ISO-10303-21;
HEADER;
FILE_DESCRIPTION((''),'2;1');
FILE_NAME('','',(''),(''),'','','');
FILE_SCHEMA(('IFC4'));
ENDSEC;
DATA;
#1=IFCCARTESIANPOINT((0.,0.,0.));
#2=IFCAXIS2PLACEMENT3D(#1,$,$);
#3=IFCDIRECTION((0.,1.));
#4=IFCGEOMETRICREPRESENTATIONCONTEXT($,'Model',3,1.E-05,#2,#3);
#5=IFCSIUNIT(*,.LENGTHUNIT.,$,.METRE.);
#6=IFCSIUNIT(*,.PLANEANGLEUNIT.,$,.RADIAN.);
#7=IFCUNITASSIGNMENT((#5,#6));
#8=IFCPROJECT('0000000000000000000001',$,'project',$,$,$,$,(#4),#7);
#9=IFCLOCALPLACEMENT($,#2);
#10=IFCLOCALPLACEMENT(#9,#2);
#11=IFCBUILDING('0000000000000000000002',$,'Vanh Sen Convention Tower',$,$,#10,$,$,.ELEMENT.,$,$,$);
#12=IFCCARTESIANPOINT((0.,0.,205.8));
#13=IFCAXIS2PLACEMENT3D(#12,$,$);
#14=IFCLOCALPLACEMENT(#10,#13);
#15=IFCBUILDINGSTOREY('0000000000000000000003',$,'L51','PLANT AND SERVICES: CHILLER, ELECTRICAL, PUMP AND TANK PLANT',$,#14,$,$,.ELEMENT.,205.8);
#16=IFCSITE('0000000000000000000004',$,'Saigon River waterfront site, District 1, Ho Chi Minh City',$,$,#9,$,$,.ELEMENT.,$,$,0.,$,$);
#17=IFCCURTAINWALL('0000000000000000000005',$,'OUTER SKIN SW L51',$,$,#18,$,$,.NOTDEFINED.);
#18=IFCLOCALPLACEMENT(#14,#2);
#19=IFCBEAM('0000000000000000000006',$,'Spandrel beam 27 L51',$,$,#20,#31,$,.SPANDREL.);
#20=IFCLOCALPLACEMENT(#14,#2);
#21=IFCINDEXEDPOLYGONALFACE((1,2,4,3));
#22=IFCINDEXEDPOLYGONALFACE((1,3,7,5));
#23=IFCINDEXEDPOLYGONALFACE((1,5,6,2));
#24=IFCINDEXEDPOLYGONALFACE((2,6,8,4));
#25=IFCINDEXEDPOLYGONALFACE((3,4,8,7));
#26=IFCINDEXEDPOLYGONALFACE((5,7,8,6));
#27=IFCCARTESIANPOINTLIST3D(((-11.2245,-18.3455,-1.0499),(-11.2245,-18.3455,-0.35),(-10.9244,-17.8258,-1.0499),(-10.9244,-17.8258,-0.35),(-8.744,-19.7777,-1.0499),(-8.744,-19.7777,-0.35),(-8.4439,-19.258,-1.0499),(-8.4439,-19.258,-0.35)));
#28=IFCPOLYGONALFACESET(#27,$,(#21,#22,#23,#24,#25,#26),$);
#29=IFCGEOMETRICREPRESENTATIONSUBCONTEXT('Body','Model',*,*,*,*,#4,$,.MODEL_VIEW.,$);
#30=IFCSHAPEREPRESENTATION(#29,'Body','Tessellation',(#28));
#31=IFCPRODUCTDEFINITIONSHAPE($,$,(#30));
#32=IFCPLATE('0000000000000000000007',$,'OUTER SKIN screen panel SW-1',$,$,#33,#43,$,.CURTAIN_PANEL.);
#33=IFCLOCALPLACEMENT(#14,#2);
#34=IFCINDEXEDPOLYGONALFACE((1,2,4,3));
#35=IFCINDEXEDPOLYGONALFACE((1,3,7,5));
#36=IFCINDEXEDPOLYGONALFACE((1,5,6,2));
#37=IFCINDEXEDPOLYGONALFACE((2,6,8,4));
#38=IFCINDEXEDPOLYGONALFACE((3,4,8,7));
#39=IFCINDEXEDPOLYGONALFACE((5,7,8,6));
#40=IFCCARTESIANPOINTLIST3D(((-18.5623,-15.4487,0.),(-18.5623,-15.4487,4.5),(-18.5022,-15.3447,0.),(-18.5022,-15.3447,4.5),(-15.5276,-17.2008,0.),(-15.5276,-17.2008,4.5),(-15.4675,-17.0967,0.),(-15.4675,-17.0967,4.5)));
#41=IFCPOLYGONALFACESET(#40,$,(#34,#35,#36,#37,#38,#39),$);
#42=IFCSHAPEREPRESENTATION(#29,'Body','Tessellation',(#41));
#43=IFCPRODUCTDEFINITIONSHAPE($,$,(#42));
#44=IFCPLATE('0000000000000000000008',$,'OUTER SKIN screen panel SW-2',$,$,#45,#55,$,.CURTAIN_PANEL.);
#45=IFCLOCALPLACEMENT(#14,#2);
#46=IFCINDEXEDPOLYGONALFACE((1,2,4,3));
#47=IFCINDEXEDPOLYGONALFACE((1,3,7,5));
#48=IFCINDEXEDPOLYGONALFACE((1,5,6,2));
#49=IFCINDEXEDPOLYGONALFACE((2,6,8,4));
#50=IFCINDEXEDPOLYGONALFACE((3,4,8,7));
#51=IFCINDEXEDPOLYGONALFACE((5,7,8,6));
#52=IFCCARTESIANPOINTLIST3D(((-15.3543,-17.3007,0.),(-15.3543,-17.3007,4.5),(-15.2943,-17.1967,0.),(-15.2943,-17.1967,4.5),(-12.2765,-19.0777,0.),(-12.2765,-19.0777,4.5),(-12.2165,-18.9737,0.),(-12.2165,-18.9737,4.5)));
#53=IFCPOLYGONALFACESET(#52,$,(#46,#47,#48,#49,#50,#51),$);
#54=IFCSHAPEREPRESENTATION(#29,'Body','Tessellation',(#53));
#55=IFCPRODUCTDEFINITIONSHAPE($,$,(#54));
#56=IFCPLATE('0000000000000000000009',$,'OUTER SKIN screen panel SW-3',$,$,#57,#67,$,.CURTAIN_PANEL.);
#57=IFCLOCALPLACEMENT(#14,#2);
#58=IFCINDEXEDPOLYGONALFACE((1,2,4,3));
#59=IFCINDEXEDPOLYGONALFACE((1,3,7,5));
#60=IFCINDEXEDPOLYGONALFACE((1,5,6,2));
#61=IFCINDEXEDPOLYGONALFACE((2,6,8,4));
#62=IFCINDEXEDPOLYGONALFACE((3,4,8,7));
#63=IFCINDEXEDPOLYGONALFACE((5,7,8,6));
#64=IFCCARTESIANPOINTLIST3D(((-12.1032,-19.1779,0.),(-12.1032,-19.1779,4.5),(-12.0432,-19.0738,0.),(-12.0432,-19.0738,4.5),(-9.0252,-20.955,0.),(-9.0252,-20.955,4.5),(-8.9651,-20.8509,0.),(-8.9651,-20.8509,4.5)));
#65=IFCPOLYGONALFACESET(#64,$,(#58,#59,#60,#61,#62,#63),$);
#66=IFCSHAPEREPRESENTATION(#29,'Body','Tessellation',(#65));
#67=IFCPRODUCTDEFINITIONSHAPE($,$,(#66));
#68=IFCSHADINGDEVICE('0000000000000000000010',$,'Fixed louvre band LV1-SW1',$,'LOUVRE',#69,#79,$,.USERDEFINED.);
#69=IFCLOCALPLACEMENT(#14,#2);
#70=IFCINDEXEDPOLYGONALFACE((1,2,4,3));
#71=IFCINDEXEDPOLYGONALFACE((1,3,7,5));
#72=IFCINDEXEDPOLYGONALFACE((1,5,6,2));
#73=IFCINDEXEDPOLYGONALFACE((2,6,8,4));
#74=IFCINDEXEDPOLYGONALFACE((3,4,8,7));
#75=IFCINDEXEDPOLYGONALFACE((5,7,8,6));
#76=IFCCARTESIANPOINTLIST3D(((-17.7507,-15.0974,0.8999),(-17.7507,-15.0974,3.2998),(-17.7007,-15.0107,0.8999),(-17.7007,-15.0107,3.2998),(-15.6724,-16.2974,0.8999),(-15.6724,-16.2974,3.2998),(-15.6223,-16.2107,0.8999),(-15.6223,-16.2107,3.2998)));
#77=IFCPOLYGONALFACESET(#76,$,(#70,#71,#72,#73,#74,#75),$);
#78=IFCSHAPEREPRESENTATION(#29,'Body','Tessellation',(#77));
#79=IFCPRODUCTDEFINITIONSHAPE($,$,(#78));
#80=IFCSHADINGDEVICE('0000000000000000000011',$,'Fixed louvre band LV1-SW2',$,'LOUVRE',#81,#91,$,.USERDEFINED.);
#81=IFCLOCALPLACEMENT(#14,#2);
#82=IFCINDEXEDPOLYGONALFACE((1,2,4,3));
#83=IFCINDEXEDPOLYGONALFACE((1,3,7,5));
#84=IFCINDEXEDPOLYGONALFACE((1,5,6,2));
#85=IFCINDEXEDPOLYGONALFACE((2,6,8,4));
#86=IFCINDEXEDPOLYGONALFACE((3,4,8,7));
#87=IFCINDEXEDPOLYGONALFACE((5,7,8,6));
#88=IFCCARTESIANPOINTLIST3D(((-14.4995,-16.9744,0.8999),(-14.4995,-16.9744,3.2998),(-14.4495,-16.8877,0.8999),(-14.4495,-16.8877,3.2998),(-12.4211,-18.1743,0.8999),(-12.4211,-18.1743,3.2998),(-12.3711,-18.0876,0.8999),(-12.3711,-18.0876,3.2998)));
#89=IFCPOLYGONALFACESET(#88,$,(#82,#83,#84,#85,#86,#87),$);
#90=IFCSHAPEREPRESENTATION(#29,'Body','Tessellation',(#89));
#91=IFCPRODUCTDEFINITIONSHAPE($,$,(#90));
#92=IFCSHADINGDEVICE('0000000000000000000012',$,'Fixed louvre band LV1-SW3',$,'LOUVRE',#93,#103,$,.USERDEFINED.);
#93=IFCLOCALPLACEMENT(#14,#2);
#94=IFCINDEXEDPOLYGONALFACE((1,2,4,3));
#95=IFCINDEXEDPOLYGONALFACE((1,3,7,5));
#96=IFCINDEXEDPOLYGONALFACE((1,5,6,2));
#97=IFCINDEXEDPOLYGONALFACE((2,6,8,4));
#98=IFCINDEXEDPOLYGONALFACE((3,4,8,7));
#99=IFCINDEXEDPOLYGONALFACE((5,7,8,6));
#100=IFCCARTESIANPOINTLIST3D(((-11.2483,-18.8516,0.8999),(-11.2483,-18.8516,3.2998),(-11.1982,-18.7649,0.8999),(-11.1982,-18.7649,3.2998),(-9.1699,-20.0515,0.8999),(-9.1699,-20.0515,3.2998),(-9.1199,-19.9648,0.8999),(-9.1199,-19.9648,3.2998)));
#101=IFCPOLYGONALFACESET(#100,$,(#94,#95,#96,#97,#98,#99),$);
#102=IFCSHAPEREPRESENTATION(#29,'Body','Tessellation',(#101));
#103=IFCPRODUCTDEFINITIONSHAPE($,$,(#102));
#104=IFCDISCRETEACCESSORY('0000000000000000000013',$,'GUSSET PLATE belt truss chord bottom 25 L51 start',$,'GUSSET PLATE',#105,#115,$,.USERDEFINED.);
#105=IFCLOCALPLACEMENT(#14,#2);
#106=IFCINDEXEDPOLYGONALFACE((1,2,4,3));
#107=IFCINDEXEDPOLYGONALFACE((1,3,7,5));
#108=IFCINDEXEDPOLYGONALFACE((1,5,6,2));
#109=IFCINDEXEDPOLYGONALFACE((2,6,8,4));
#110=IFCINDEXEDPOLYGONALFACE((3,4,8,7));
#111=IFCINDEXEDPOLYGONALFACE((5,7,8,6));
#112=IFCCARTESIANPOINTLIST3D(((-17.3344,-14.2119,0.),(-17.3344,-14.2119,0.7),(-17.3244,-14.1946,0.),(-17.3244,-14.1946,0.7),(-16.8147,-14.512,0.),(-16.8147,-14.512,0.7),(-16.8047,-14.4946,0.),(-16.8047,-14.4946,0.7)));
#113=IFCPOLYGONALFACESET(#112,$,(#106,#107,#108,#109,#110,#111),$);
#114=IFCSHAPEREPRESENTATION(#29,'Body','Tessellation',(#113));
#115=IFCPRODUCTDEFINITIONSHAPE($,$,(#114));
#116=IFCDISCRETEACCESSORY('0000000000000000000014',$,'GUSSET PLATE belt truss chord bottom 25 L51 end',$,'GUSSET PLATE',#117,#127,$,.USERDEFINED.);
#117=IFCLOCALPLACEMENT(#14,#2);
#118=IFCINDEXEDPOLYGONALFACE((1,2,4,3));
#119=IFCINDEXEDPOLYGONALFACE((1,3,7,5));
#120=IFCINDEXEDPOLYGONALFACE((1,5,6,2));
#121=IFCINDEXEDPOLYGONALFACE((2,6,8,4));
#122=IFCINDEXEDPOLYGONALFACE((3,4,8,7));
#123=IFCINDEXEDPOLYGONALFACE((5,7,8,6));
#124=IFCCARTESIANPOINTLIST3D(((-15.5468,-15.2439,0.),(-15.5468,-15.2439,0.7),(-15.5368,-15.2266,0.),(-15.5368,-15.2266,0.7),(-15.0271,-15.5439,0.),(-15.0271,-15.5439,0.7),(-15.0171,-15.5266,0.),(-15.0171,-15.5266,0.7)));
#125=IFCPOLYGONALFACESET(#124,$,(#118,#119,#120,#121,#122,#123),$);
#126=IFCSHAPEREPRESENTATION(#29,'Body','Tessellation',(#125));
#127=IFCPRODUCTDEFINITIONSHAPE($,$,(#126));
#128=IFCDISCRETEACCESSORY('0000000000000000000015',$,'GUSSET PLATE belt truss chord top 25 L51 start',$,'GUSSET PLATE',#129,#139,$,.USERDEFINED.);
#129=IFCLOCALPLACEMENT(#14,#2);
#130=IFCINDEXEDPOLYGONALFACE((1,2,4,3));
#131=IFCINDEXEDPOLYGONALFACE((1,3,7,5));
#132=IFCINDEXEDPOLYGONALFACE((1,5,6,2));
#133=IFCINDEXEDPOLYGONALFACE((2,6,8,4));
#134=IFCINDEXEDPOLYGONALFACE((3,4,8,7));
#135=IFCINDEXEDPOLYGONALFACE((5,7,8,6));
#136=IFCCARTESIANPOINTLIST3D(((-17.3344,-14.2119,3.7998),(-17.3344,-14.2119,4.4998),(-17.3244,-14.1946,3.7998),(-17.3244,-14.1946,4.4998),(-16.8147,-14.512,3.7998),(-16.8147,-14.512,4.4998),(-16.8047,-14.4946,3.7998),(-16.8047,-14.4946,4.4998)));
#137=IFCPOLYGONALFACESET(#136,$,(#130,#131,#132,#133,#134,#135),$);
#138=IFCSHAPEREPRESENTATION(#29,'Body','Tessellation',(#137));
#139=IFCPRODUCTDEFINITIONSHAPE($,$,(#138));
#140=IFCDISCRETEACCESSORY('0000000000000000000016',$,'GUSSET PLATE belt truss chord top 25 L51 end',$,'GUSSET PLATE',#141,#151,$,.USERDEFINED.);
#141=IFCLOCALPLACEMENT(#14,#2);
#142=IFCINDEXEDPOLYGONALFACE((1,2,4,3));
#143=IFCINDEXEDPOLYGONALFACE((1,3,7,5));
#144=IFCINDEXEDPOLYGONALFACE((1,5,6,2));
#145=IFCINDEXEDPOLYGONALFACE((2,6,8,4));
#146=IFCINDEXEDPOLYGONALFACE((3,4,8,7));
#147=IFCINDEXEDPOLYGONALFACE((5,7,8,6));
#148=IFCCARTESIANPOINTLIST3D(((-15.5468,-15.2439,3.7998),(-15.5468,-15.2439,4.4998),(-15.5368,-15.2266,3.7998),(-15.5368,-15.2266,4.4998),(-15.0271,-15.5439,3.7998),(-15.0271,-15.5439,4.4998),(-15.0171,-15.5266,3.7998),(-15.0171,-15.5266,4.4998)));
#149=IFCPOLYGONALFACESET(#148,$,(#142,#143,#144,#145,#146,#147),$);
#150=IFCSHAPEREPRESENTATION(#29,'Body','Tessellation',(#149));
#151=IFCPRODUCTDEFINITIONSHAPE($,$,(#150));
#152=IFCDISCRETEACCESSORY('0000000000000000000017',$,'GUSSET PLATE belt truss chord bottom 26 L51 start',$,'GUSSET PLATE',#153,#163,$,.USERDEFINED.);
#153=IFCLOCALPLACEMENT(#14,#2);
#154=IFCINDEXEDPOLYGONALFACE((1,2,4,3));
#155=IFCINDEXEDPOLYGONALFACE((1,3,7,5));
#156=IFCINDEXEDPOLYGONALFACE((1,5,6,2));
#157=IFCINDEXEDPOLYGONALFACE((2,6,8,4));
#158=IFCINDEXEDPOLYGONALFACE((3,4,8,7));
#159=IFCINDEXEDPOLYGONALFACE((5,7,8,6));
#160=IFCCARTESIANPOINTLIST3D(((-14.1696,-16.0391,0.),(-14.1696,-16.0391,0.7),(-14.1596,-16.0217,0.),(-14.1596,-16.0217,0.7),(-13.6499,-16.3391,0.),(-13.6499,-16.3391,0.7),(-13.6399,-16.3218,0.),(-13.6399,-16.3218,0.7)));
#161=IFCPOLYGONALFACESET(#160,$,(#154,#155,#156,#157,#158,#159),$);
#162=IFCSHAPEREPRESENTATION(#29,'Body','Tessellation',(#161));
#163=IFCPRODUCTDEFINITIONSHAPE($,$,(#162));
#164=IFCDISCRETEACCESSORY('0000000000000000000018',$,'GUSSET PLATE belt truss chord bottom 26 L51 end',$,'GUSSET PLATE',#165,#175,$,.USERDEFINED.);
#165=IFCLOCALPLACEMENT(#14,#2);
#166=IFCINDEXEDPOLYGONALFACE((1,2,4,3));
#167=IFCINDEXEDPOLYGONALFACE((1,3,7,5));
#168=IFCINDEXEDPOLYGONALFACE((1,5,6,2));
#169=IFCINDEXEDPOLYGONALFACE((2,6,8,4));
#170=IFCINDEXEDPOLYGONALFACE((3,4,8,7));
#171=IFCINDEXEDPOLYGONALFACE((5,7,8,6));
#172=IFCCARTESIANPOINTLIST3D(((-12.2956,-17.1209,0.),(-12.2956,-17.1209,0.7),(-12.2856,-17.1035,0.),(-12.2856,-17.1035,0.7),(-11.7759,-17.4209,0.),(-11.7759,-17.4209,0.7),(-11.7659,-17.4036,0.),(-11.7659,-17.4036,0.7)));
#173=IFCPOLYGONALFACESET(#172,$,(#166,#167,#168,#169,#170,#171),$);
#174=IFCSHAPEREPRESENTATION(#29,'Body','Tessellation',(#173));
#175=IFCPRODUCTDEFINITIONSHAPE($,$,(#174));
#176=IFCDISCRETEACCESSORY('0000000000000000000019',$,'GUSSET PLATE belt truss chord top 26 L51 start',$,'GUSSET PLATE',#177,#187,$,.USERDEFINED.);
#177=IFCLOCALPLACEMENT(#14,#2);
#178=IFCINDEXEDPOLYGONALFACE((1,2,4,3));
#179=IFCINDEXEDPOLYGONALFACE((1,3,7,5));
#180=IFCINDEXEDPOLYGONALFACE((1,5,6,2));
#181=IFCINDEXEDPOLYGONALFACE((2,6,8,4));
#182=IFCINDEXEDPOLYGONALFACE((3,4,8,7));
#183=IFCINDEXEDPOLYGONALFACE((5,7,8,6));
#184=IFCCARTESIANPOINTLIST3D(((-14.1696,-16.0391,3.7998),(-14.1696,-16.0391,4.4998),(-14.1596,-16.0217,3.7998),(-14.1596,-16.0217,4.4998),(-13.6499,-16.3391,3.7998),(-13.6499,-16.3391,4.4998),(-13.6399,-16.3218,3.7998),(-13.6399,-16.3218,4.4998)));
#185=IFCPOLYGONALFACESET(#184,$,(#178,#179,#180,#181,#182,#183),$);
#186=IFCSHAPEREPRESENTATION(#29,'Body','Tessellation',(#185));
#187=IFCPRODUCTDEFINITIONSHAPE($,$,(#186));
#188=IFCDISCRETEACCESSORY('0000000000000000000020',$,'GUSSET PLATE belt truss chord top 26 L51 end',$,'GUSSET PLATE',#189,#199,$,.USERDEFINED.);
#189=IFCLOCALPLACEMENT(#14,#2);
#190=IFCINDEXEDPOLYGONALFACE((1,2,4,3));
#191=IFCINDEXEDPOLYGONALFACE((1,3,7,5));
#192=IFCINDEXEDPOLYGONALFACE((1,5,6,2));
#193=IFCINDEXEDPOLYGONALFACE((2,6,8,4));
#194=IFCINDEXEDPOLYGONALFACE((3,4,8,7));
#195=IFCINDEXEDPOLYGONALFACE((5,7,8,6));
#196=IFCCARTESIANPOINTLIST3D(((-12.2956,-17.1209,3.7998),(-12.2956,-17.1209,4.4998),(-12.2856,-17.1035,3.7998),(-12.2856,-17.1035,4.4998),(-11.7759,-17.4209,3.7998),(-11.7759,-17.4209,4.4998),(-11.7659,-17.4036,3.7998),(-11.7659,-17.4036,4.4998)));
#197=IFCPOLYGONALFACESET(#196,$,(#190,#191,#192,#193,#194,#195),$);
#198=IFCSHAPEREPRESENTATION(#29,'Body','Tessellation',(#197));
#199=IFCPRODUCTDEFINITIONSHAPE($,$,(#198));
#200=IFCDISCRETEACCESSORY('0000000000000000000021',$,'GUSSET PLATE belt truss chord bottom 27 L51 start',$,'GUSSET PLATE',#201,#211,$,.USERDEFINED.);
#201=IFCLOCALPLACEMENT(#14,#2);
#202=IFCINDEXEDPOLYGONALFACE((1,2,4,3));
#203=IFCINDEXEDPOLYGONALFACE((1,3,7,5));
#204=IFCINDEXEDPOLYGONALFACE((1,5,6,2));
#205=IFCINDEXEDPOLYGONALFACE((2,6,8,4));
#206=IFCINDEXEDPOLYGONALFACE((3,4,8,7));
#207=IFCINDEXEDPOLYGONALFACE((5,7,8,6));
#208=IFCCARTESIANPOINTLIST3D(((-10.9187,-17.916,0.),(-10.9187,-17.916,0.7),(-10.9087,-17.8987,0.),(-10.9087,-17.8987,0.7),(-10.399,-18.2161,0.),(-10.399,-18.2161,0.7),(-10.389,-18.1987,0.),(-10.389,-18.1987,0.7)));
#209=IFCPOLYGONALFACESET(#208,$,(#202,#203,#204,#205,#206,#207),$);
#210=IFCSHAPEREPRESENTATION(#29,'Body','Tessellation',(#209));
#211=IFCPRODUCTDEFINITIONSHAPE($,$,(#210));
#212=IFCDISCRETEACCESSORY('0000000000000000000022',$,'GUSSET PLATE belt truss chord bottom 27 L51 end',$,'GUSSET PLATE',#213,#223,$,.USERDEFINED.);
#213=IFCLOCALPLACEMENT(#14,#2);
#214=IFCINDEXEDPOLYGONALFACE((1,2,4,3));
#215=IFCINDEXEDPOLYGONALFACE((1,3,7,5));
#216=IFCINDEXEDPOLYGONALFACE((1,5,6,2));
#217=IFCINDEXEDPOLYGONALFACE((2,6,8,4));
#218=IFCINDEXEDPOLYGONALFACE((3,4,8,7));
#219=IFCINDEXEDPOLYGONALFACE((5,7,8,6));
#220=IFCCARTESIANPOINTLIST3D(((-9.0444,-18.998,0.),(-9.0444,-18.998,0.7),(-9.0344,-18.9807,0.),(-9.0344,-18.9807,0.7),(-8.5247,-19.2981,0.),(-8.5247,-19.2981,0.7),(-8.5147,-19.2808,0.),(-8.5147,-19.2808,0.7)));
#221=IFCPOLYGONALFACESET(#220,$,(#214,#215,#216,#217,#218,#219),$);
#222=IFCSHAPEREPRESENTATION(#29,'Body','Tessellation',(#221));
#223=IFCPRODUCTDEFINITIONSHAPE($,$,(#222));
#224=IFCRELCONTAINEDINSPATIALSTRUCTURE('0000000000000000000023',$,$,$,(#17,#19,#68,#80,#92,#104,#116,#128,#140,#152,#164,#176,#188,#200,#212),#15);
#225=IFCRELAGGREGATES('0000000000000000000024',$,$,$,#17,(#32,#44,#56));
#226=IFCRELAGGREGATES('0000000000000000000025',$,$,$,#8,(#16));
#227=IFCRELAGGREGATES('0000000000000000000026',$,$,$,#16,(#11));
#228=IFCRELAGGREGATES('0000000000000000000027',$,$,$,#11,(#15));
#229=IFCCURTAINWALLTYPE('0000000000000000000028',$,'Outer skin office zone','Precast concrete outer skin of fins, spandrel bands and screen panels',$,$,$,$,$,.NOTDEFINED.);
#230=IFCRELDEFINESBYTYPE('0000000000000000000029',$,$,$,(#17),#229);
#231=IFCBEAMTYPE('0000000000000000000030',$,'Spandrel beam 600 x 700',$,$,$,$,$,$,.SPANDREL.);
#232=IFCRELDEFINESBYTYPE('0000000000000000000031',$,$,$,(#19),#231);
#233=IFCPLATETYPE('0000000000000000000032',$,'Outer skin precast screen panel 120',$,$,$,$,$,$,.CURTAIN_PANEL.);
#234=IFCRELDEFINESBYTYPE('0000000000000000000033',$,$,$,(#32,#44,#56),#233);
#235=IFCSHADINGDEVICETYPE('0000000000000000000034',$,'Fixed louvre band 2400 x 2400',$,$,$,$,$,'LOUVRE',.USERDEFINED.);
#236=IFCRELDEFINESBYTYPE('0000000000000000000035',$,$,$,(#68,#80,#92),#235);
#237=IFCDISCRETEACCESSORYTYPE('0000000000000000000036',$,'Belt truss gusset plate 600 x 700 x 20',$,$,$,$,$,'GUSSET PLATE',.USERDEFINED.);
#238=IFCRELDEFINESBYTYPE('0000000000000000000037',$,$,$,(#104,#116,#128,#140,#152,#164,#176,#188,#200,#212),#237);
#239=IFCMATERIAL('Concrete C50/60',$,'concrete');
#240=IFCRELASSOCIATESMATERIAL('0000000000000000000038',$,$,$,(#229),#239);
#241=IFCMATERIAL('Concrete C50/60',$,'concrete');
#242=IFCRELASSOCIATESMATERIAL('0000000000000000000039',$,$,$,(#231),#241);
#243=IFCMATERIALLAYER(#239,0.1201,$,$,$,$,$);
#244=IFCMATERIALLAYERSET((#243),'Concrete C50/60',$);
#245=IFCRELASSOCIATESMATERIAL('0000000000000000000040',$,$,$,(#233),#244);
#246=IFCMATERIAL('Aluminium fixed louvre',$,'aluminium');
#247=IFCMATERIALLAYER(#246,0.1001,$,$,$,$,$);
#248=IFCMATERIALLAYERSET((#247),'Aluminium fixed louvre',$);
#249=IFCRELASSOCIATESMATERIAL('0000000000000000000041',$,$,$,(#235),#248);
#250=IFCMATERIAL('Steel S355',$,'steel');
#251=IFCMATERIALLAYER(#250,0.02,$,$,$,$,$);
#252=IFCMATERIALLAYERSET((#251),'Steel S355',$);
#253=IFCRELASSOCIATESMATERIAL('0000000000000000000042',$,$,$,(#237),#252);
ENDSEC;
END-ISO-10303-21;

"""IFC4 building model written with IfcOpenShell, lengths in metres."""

from ifc_helpers import new_model, si_unit, direction, frame, origin, origin_2d, place, context, subcontext, project, spatial, rectangle, extrude, material, layer, layer_set, material_profile, profile_set, type_object, element, aggregate, save


model = new_model("IFC4")

# Units and contexts
model_context = context("Model", 3, precision=1e-05, world=origin(), true_north=direction((0.0, 1.0)))
body_context = subcontext(model_context, "Body", "Model", "MODEL_VIEW")
ifc_project = project(units=[si_unit("LENGTHUNIT", "METRE"), si_unit("PLANEANGLEUNIT", "RADIAN")], contexts=[model_context])

# Site, building, storey
site_placement = place(None, origin())
site = spatial("IfcSite", under=ifc_project, at=site_placement, Name="Saigon River waterfront site, District 1, Ho Chi Minh City", CompositionType="ELEMENT", RefElevation=0.0)
building_placement = place(site_placement, origin())
building = spatial("IfcBuilding", under=site, at=building_placement, Name="Vanh Sen Convention Tower", CompositionType="ELEMENT")
storey_placement = place(building_placement, frame((0.0, 0.0, 205.8)))
storey = spatial("IfcBuildingStorey", under=building, at=storey_placement, Name="L51", Description="PLANT AND SERVICES: CHILLER, ELECTRICAL, PUMP AND TANK PLANT", CompositionType="ELEMENT", Elevation=205.8)

# Shared definitions
ifc_material_1 = material(Name="Steel S355", Category="steel")

# Curtain wall
ifc_material_2 = material(Name="Concrete C50/60", Category="concrete")
curtain_wall_type = type_object("IfcCurtainWallType", Name="Outer skin office zone", Description="Precast concrete outer skin of fins, spandrel bands and screen panels", PredefinedType="NOTDEFINED", material=ifc_material_2)
curtain_wall_placement = place(storey_placement, origin())
curtain_wall = element("IfcCurtainWall", 1, at=curtain_wall_placement, inside=storey, type_object=curtain_wall_type, Name="OUTER SKIN SW L51", PredefinedType="NOTDEFINED")

# Beam
ifc_material_3 = material(Name="Concrete C50/60", Category="concrete")
ifc_material_profile_1 = material_profile(ifc_material_3, rectangle(XDim=0.6001, YDim=0.7, at=origin_2d()), Name="RC 600X700")
ifc_profile_set_1 = profile_set([ifc_material_profile_1], Name="Concrete C50/60")
beam_type_1 = type_object("IfcBeamType", Name="Spandrel beam 600 x 700", PredefinedType="SPANDREL", material=ifc_profile_set_1)
beam_1_placement = place(storey_placement, frame((-11.0745, -18.0857, -0.7), z_axis=(0.866021, -0.500008, 0.0), x_axis=(0.500008, 0.866021, 0.0)))
element("IfcBeam", 2, at=beam_1_placement, inside=storey, type_object=beam_type_1, Name="Spandrel beam 27 L51", PredefinedType="SPANDREL", context=body_context, shape_type="SweptSolid", body=[
    extrude(rectangle(XDim=0.6001, YDim=0.7, at=origin_2d()), origin(), (0.0, 0.0, 1.0), 2.8643),
])

# Plates
ifc_layer_1 = layer(ifc_material_2, 0.1201)
ifc_layer_set_1 = layer_set([ifc_layer_1], Name="Concrete C50/60")
plate_type = type_object("IfcPlateType", Name="Outer skin precast screen panel 120", PredefinedType="CURTAIN_PANEL", material=ifc_layer_set_1)
plate_1_placement = place(storey_placement, frame((-17.0149, -16.2727, 0.0), z_axis=(0.0, 0.0, 1.0), x_axis=(0.866024, -0.500003, 0.0)))
plate_1 = element("IfcPlate", 3, at=plate_1_placement, type_object=plate_type, Name="OUTER SKIN screen panel SW-1", PredefinedType="CURTAIN_PANEL", context=body_context, shape_type="SweptSolid", body=[
    extrude(rectangle(XDim=3.5042, YDim=0.1201, at=origin_2d()), origin(), (0.0, 0.0, 1.0), 4.5),
])
plate_2_placement = place(storey_placement, frame((-13.7854, -18.1372, 0.0), z_axis=(0.0, 0.0, 1.0), x_axis=(0.866028, -0.499995, 0.0)))
plate_2 = element("IfcPlate", 4, at=plate_2_placement, type_object=plate_type, Name="OUTER SKIN screen panel SW-2", PredefinedType="CURTAIN_PANEL", context=body_context, shape_type="SweptSolid", body=[
    extrude(rectangle(XDim=3.554, YDim=0.1201, at=origin_2d()), origin(), (0.0, 0.0, 1.0), 4.5),
])
plate_3_placement = place(storey_placement, frame((-10.5342, -20.0144, 0.0), z_axis=(0.0, 0.0, 1.0), x_axis=(0.866024, -0.500003, 0.0)))
plate_3 = element("IfcPlate", 5, at=plate_3_placement, type_object=plate_type, Name="OUTER SKIN screen panel SW-3", PredefinedType="CURTAIN_PANEL", context=body_context, shape_type="SweptSolid", body=[
    extrude(rectangle(XDim=3.5542, YDim=0.1201, at=origin_2d()), origin(), (0.0, 0.0, 1.0), 4.5),
])
aggregate(curtain_wall, [plate_1, plate_2, plate_3])

# Shading devices
ifc_material_4 = material(Name="Aluminium fixed louvre", Category="aluminium")
ifc_layer_2 = layer(ifc_material_4, 0.1001)
ifc_layer_set_2 = layer_set([ifc_layer_2], Name="Aluminium fixed louvre")
shading_device_type = type_object("IfcShadingDeviceType", Name="Fixed louvre band 2400 x 2400", ElementType="LOUVRE", PredefinedType="USERDEFINED", material=ifc_layer_set_2)
for number, where, z_axis, x_axis, name in (
    (6, (-16.6865, -15.6541, 0.8999), (0.0, 0.0, 1.0), (0.866025, -0.500002, 0.0), "Fixed louvre band LV1-SW1"),
    (7, (-13.4353, -17.531, 0.8999), (0.0, 0.0, 1.0), (0.866025, -0.500002, 0.0), "Fixed louvre band LV1-SW2"),
    (8, (-10.1841, -19.4082, 0.8999), (0.0, 0.0, 1.0), (0.866025, -0.500002, 0.0), "Fixed louvre band LV1-SW3"),
):
    element("IfcShadingDevice", number, at=place(storey_placement, frame(where, z_axis=z_axis, x_axis=x_axis)), inside=storey, type_object=shading_device_type, Name=name, ObjectType="LOUVRE", PredefinedType="USERDEFINED", context=body_context, shape_type="SweptSolid", body=[
        extrude(rectangle(XDim=2.3999, YDim=0.1001, at=origin_2d()), origin(), (0.0, 0.0, 1.0), 2.3999),
    ])

# Discrete accessories
ifc_layer_3 = layer(ifc_material_1, 0.02)
ifc_layer_set_3 = layer_set([ifc_layer_3], Name="Steel S355")
discrete_accessory_type_1 = type_object("IfcDiscreteAccessoryType", Name="Belt truss gusset plate 600 x 700 x 20", ElementType="GUSSET PLATE", PredefinedType="USERDEFINED", material=ifc_layer_set_3)
for number, where, z_axis, x_axis, name in (
    (9, (-17.0696, -14.3533, 0.0), (0.0, 0.0, 1.0), (0.866024, -0.500003, 0.0), "GUSSET PLATE belt truss chord bottom 25 L51 start"),
    (10, (-15.282, -15.3853, 0.0), (0.0, 0.0, 1.0), (-0.866024, 0.500003, 0.0), "GUSSET PLATE belt truss chord bottom 25 L51 end"),
    (11, (-17.0696, -14.3533, 3.7998), (0.0, 0.0, 1.0), (0.866024, -0.500003, 0.0), "GUSSET PLATE belt truss chord top 25 L51 start"),
    (12, (-15.282, -15.3853, 3.7998), (0.0, 0.0, 1.0), (-0.866024, 0.500003, 0.0), "GUSSET PLATE belt truss chord top 25 L51 end"),
    (13, (-13.9048, -16.1804, 0.0), (0.0, 0.0, 1.0), (0.866028, -0.499995, 0.0), "GUSSET PLATE belt truss chord bottom 26 L51 start"),
    (14, (-12.0308, -17.2622, 0.0), (0.0, 0.0, 1.0), (-0.866028, 0.499995, 0.0), "GUSSET PLATE belt truss chord bottom 26 L51 end"),
    (15, (-13.9048, -16.1804, 3.7998), (0.0, 0.0, 1.0), (0.866028, -0.499995, 0.0), "GUSSET PLATE belt truss chord top 26 L51 start"),
    (16, (-12.0308, -17.2622, 3.7998), (0.0, 0.0, 1.0), (-0.866028, 0.499995, 0.0), "GUSSET PLATE belt truss chord top 26 L51 end"),
    (17, (-10.6538, -18.0574, 0.0), (0.0, 0.0, 1.0), (0.866024, -0.500003, 0.0), "GUSSET PLATE belt truss chord bottom 27 L51 start"),
    (18, (-8.7795, -19.1394, 0.0), (0.0, 0.0, 1.0), (-0.866024, 0.500003, 0.0), "GUSSET PLATE belt truss chord bottom 27 L51 end"),
):
    element("IfcDiscreteAccessory", number, at=place(storey_placement, frame(where, z_axis=z_axis, x_axis=x_axis)), inside=storey, type_object=discrete_accessory_type_1, Name=name, ObjectType="GUSSET PLATE", PredefinedType="USERDEFINED", context=body_context, shape_type="SweptSolid", body=[
        extrude(rectangle(XDim=0.6001, YDim=0.02, at=origin_2d()), origin(), (0.0, 0.0, 1.0), 0.7),
    ])

save(model, "model.ifc")
